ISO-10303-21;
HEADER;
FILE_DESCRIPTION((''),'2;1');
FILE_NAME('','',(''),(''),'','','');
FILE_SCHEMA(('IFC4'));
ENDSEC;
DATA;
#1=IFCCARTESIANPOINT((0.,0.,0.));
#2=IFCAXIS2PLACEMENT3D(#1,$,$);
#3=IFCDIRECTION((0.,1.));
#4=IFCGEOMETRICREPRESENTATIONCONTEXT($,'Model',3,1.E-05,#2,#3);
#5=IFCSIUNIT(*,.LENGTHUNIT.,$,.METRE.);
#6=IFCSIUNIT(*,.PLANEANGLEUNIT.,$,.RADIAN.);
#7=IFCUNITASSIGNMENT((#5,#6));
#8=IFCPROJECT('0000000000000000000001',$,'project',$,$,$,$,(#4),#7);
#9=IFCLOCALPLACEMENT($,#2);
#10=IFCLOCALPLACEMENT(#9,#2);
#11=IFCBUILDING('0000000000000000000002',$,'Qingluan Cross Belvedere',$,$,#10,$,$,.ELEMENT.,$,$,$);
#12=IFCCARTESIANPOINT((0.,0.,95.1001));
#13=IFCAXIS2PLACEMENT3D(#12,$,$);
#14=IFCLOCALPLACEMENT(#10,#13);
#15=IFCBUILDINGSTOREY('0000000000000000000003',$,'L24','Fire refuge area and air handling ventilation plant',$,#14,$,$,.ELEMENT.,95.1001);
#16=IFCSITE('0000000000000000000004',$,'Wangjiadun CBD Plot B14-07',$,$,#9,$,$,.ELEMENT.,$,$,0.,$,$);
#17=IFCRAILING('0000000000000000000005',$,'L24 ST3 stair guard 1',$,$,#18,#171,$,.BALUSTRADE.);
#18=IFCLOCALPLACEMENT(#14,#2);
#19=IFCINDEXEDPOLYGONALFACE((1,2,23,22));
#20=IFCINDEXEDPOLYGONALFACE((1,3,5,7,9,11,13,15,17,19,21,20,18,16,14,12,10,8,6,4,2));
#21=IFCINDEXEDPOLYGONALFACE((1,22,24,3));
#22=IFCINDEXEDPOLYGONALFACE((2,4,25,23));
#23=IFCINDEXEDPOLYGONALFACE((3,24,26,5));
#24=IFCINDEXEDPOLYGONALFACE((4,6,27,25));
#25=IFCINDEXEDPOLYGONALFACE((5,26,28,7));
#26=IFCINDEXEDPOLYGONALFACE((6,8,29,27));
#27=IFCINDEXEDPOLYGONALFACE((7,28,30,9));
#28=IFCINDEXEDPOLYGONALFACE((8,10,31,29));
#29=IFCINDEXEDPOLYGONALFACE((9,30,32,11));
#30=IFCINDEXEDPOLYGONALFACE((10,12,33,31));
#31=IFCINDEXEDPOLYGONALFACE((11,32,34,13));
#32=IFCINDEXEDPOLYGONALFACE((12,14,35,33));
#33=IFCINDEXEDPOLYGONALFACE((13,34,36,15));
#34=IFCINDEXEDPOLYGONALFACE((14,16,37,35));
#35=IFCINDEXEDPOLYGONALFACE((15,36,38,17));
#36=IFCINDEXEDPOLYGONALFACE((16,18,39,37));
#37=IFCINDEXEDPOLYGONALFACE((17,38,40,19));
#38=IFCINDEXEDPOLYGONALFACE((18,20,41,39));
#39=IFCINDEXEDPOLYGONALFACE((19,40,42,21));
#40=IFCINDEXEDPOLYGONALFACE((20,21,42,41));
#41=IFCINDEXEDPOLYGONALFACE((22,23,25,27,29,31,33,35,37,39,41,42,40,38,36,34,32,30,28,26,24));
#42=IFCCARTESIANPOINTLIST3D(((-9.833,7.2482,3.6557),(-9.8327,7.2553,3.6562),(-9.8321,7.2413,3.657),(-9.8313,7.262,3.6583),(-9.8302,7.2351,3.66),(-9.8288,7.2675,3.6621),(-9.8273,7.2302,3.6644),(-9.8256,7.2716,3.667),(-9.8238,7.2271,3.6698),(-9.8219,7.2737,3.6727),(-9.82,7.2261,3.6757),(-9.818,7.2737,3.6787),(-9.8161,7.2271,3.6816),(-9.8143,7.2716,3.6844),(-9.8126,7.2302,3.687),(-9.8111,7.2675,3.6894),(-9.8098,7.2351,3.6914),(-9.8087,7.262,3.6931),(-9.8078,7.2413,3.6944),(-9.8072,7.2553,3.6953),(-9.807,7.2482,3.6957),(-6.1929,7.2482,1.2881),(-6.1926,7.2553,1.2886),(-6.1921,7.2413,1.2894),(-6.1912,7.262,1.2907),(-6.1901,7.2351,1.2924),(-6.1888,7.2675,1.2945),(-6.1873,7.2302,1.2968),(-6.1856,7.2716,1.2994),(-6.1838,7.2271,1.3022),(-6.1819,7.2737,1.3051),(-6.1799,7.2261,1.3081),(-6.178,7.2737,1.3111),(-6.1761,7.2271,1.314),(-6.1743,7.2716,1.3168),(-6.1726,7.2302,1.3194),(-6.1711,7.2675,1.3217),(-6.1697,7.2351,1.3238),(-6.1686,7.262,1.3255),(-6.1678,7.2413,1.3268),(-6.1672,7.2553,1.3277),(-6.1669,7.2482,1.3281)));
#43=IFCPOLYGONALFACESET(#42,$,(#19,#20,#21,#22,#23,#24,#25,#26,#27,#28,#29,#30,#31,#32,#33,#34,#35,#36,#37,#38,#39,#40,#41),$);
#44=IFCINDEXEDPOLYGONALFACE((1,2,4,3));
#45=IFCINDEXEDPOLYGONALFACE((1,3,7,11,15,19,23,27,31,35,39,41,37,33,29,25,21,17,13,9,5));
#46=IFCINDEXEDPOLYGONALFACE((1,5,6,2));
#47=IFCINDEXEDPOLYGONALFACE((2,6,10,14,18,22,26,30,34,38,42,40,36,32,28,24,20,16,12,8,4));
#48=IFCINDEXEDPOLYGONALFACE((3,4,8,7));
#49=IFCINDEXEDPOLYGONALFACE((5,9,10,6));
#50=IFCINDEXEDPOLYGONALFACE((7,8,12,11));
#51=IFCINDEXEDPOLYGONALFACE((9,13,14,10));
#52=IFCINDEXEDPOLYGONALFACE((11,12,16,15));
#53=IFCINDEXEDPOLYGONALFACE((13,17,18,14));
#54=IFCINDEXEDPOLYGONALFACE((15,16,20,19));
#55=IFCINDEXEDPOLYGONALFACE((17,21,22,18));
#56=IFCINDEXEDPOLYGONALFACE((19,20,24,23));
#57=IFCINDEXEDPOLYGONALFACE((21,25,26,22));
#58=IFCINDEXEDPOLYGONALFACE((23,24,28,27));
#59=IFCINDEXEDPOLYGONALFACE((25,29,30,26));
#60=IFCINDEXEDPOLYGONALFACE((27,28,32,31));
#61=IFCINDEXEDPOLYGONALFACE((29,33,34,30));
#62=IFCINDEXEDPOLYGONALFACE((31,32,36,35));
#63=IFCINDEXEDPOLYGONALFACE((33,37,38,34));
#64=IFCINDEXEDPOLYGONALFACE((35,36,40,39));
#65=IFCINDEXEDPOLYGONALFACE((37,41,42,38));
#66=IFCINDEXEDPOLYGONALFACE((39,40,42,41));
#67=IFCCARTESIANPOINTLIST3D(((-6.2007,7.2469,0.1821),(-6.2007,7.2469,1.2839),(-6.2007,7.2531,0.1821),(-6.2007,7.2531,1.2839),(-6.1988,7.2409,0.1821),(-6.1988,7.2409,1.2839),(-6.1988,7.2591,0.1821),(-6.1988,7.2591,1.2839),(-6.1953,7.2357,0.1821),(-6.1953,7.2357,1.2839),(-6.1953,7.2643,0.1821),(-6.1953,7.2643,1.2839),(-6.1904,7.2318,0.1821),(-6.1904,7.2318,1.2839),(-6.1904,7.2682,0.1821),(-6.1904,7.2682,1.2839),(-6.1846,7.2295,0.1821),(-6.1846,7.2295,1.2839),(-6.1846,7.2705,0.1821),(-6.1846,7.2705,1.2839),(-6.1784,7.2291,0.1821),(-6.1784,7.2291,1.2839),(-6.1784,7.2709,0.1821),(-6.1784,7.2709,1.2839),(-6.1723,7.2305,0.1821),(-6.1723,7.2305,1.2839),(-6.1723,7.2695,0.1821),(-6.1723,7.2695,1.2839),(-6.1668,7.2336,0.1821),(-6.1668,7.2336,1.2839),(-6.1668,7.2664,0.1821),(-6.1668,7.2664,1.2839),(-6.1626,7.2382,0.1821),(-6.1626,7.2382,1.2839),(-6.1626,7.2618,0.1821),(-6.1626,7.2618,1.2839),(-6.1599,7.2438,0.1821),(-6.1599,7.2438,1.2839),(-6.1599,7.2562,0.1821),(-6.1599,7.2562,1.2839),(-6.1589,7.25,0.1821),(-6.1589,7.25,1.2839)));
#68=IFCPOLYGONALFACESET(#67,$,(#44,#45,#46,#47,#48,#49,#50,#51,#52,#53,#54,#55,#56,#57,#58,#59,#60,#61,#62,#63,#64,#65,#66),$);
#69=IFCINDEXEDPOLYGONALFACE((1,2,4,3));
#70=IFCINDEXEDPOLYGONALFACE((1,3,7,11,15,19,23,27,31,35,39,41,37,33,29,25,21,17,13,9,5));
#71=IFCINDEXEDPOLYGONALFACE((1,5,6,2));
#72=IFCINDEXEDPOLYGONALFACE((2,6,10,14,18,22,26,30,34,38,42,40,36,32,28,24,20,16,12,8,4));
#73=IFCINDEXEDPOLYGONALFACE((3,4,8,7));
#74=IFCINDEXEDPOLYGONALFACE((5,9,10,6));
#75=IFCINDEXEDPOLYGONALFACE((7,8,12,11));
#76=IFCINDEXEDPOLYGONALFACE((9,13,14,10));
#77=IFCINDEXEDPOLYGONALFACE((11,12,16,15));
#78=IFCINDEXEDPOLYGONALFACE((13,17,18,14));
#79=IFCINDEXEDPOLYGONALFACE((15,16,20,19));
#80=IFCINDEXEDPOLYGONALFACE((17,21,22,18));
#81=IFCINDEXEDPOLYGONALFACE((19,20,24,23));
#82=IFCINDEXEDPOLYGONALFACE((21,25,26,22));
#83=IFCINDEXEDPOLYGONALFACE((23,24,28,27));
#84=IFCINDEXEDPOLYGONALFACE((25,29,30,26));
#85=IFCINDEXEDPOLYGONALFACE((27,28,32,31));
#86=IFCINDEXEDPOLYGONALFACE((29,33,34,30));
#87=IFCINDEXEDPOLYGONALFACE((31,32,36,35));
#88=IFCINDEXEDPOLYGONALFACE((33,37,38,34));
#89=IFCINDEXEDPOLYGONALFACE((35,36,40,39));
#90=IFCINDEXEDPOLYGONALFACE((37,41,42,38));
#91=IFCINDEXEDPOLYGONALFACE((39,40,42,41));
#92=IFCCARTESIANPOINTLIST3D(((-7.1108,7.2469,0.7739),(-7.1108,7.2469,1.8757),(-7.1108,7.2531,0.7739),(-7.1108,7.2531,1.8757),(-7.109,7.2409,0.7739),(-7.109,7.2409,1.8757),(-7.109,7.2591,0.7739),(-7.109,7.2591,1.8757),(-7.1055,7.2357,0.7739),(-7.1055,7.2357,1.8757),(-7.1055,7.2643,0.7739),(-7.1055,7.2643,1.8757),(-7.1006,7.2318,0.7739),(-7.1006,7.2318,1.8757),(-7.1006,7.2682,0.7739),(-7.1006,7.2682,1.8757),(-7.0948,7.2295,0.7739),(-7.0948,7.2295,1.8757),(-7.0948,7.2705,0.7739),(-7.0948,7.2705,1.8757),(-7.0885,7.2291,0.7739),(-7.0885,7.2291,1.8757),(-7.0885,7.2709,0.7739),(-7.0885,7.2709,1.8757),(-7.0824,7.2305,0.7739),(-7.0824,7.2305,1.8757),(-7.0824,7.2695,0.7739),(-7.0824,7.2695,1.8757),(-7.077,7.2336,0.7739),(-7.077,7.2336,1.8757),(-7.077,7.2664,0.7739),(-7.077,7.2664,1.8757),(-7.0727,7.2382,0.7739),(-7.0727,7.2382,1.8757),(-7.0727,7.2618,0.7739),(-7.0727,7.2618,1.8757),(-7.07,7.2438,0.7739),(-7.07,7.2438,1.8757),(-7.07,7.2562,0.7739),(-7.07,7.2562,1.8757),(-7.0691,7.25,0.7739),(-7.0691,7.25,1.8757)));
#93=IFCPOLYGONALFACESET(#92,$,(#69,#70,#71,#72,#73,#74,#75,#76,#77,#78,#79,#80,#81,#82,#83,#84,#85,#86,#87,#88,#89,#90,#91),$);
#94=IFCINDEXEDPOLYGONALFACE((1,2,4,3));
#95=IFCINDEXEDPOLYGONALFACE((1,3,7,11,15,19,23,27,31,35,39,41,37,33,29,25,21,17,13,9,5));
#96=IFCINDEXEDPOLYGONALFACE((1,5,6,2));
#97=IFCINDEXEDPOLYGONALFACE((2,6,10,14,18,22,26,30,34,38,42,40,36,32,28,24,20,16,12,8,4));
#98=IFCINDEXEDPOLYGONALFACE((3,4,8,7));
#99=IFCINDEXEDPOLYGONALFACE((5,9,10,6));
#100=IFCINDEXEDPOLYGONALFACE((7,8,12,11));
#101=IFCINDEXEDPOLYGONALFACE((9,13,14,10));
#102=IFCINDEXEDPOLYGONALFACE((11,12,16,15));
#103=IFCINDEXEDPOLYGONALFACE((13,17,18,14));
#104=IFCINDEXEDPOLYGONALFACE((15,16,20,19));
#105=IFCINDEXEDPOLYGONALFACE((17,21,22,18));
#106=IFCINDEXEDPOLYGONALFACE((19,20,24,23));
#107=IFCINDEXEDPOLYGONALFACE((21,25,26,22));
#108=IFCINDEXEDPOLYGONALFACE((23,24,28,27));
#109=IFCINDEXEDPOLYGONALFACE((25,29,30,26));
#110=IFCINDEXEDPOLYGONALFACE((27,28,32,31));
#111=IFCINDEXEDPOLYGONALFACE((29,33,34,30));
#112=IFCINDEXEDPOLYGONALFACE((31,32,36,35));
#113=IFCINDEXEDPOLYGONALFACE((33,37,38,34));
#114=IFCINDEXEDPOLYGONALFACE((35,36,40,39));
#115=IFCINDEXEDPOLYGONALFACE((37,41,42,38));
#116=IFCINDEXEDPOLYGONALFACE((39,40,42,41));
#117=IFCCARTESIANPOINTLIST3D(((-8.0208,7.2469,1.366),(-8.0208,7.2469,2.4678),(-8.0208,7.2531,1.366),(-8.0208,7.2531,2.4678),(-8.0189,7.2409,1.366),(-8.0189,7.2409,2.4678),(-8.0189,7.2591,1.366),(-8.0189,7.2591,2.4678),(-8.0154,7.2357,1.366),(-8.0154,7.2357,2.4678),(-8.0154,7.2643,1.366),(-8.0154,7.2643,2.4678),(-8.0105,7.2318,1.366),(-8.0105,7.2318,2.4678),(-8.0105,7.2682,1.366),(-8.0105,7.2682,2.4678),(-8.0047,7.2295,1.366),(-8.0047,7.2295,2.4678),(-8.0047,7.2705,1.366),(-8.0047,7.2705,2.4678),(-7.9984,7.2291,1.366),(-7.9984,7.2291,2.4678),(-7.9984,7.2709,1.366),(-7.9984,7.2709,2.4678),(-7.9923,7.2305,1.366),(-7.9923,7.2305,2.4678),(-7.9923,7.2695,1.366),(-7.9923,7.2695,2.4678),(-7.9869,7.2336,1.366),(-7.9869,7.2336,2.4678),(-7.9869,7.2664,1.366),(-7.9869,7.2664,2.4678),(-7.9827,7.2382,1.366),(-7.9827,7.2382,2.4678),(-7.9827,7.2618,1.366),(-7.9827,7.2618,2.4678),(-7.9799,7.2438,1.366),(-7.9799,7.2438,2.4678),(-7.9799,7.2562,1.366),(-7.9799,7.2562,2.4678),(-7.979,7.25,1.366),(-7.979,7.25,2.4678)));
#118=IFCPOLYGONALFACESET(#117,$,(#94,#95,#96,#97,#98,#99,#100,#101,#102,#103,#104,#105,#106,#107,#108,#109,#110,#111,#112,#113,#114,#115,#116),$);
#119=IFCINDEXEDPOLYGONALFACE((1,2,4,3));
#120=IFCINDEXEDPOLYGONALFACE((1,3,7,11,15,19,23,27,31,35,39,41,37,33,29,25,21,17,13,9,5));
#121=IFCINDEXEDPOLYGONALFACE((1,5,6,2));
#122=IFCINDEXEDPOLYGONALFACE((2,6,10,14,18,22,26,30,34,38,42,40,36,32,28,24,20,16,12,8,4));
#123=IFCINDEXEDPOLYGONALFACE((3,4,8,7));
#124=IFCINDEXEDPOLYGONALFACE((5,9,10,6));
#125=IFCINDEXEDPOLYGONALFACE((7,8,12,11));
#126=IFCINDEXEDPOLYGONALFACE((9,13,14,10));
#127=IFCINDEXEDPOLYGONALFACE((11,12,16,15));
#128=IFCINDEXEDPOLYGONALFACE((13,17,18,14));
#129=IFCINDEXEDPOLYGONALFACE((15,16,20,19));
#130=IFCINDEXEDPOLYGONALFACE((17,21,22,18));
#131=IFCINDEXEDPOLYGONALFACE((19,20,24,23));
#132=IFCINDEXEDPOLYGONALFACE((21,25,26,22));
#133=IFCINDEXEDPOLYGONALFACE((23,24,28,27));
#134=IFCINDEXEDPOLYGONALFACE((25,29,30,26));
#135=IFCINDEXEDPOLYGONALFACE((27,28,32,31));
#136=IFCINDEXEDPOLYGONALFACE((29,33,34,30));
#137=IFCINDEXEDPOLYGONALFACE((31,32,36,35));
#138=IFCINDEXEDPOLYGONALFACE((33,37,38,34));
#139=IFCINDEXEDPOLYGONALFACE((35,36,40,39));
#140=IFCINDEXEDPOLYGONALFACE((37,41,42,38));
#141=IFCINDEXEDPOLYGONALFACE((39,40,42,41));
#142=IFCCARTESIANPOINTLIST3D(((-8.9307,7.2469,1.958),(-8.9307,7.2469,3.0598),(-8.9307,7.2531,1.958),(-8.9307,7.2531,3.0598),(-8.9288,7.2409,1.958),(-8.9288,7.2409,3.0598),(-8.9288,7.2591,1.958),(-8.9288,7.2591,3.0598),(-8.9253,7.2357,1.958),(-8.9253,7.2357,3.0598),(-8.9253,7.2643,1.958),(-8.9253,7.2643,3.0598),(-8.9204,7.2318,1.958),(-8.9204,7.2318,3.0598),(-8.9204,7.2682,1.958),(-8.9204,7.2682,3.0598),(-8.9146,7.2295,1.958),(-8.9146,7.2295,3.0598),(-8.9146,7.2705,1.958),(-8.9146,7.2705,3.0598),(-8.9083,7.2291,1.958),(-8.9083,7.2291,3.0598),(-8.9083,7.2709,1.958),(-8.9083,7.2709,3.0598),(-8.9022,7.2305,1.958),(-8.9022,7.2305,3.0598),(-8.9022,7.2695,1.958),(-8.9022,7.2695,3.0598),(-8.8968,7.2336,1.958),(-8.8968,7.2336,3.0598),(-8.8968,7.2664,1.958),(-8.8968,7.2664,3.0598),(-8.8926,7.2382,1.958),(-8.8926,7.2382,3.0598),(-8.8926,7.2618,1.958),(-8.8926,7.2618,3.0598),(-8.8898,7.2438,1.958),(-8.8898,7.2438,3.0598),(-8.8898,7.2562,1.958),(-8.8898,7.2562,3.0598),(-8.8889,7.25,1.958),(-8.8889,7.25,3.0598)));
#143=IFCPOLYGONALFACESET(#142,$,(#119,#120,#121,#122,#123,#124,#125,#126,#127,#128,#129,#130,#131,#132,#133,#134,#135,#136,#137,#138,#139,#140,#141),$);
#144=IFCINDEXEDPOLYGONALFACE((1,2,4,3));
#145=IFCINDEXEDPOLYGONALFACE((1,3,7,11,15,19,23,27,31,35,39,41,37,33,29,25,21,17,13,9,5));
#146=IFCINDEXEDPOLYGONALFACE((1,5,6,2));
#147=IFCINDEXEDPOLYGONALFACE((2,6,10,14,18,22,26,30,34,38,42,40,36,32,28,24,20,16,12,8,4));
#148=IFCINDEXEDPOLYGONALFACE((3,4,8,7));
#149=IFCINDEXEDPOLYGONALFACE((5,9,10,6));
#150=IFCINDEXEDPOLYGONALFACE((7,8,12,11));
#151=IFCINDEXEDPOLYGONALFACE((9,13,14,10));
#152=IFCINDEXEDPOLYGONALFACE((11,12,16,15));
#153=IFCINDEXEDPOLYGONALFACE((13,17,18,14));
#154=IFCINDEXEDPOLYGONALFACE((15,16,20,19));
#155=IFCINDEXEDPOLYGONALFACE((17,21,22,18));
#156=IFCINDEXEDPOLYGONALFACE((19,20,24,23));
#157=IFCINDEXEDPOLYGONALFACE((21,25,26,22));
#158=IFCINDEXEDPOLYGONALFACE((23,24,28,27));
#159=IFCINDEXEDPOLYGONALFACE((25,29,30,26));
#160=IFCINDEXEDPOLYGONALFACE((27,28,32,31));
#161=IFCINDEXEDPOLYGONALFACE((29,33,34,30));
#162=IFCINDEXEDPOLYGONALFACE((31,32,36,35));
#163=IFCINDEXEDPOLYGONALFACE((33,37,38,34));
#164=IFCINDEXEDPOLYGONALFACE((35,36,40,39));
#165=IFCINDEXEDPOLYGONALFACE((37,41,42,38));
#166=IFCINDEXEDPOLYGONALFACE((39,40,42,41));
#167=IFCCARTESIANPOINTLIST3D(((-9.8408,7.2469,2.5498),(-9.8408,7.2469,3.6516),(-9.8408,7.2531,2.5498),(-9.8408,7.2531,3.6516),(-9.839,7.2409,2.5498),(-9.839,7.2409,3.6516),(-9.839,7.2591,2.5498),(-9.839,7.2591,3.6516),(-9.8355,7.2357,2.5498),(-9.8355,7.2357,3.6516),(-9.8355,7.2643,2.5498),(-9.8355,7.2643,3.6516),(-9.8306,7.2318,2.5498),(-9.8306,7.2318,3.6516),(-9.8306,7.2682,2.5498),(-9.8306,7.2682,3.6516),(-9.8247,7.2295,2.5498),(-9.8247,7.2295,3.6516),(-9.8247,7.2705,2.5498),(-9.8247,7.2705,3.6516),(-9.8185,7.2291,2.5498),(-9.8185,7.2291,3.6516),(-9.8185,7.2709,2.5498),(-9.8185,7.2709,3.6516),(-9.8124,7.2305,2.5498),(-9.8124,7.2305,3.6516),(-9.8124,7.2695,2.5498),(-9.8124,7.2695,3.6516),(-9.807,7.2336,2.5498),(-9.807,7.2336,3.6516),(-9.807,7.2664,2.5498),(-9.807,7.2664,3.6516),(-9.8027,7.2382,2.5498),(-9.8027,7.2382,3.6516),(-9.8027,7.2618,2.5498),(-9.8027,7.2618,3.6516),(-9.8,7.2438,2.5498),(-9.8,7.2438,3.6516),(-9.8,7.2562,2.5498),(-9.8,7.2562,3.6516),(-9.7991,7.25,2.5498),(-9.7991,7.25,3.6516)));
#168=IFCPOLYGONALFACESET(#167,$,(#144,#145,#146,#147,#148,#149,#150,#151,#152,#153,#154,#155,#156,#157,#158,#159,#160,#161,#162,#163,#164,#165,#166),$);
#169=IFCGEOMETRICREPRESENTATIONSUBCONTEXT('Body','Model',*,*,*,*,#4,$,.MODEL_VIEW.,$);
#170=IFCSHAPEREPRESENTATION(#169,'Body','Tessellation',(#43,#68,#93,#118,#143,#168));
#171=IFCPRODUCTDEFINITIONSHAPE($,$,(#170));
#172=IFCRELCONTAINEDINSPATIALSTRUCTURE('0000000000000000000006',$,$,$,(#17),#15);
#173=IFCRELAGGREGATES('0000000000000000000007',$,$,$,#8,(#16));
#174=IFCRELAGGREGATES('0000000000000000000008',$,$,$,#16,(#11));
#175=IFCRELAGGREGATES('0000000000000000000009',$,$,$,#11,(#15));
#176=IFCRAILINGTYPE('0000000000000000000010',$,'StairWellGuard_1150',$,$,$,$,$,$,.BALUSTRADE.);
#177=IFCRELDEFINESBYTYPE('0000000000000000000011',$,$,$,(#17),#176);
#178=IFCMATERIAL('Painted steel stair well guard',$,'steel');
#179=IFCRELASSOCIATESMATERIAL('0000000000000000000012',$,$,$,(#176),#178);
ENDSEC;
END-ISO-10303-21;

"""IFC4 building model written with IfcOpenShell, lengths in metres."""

from ifc_helpers import new_model, si_unit, direction, frame, origin, origin_2d, place, context, subcontext, project, spatial, circle, extrude, material, type_object, element, save


model = new_model("IFC4")

# Units and contexts
model_context = context("Model", 3, precision=1e-05, world=origin(), true_north=direction((0.0, 1.0)))
body_context = subcontext(model_context, "Body", "Model", "MODEL_VIEW")
ifc_project = project(units=[si_unit("LENGTHUNIT", "METRE"), si_unit("PLANEANGLEUNIT", "RADIAN")], contexts=[model_context])

# Site, building, storey
site_placement = place(None, origin())
site = spatial("IfcSite", under=ifc_project, at=site_placement, Name="Wangjiadun CBD Plot B14-07", CompositionType="ELEMENT", RefElevation=0.0)
building_placement = place(site_placement, origin())
building = spatial("IfcBuilding", under=site, at=building_placement, Name="Qingluan Cross Belvedere", CompositionType="ELEMENT")
storey_placement = place(building_placement, frame((0.0, 0.0, 95.1001)))
storey = spatial("IfcBuildingStorey", under=building, at=storey_placement, Name="L24", Description="Fire refuge area and air handling ventilation plant", CompositionType="ELEMENT", Elevation=95.1001)

# Railing
ifc_material_1 = material(Name="Painted steel stair well guard", Category="steel")
railing_type_1 = type_object("IfcRailingType", Name="StairWellGuard_1150", PredefinedType="BALUSTRADE", material=ifc_material_1)
railing_1_placement = place(storey_placement, frame((-6.1799, 7.25, 0.1821)))
element("IfcRailing", 1, at=railing_1_placement, inside=storey, type_object=railing_type_1, Name="L24 ST3 stair guard 1", PredefinedType="BALUSTRADE", context=body_context, shape_type="SweptSolid", body=[
    extrude(circle(Radius=0.0239, at=origin_2d()), frame((0.0, 0.0, 1.126), z_axis=(-0.838277, 0.0, 0.545245), x_axis=(0.0, -1.0, 0.0)), (0.0, 0.0, 1.0), 4.3423),
    extrude(circle(Radius=0.021, at=origin_2d()), origin(), (0.0, 0.0, 1.0), 1.1018),
    extrude(circle(Radius=0.021, at=origin_2d()), frame((-0.9102, 0.0, 0.5918)), (0.0, 0.0, 1.0), 1.1018),
    extrude(circle(Radius=0.021, at=origin_2d()), frame((-1.8201, 0.0, 1.1838)), (0.0, 0.0, 1.0), 1.1018),
    extrude(circle(Radius=0.021, at=origin_2d()), frame((-2.73, 0.0, 1.7759)), (0.0, 0.0, 1.0), 1.1018),
    extrude(circle(Radius=0.021, at=origin_2d()), frame((-3.6401, 0.0, 2.3677)), (0.0, 0.0, 1.0), 1.1018),
])

save(model, "model.ifc")
